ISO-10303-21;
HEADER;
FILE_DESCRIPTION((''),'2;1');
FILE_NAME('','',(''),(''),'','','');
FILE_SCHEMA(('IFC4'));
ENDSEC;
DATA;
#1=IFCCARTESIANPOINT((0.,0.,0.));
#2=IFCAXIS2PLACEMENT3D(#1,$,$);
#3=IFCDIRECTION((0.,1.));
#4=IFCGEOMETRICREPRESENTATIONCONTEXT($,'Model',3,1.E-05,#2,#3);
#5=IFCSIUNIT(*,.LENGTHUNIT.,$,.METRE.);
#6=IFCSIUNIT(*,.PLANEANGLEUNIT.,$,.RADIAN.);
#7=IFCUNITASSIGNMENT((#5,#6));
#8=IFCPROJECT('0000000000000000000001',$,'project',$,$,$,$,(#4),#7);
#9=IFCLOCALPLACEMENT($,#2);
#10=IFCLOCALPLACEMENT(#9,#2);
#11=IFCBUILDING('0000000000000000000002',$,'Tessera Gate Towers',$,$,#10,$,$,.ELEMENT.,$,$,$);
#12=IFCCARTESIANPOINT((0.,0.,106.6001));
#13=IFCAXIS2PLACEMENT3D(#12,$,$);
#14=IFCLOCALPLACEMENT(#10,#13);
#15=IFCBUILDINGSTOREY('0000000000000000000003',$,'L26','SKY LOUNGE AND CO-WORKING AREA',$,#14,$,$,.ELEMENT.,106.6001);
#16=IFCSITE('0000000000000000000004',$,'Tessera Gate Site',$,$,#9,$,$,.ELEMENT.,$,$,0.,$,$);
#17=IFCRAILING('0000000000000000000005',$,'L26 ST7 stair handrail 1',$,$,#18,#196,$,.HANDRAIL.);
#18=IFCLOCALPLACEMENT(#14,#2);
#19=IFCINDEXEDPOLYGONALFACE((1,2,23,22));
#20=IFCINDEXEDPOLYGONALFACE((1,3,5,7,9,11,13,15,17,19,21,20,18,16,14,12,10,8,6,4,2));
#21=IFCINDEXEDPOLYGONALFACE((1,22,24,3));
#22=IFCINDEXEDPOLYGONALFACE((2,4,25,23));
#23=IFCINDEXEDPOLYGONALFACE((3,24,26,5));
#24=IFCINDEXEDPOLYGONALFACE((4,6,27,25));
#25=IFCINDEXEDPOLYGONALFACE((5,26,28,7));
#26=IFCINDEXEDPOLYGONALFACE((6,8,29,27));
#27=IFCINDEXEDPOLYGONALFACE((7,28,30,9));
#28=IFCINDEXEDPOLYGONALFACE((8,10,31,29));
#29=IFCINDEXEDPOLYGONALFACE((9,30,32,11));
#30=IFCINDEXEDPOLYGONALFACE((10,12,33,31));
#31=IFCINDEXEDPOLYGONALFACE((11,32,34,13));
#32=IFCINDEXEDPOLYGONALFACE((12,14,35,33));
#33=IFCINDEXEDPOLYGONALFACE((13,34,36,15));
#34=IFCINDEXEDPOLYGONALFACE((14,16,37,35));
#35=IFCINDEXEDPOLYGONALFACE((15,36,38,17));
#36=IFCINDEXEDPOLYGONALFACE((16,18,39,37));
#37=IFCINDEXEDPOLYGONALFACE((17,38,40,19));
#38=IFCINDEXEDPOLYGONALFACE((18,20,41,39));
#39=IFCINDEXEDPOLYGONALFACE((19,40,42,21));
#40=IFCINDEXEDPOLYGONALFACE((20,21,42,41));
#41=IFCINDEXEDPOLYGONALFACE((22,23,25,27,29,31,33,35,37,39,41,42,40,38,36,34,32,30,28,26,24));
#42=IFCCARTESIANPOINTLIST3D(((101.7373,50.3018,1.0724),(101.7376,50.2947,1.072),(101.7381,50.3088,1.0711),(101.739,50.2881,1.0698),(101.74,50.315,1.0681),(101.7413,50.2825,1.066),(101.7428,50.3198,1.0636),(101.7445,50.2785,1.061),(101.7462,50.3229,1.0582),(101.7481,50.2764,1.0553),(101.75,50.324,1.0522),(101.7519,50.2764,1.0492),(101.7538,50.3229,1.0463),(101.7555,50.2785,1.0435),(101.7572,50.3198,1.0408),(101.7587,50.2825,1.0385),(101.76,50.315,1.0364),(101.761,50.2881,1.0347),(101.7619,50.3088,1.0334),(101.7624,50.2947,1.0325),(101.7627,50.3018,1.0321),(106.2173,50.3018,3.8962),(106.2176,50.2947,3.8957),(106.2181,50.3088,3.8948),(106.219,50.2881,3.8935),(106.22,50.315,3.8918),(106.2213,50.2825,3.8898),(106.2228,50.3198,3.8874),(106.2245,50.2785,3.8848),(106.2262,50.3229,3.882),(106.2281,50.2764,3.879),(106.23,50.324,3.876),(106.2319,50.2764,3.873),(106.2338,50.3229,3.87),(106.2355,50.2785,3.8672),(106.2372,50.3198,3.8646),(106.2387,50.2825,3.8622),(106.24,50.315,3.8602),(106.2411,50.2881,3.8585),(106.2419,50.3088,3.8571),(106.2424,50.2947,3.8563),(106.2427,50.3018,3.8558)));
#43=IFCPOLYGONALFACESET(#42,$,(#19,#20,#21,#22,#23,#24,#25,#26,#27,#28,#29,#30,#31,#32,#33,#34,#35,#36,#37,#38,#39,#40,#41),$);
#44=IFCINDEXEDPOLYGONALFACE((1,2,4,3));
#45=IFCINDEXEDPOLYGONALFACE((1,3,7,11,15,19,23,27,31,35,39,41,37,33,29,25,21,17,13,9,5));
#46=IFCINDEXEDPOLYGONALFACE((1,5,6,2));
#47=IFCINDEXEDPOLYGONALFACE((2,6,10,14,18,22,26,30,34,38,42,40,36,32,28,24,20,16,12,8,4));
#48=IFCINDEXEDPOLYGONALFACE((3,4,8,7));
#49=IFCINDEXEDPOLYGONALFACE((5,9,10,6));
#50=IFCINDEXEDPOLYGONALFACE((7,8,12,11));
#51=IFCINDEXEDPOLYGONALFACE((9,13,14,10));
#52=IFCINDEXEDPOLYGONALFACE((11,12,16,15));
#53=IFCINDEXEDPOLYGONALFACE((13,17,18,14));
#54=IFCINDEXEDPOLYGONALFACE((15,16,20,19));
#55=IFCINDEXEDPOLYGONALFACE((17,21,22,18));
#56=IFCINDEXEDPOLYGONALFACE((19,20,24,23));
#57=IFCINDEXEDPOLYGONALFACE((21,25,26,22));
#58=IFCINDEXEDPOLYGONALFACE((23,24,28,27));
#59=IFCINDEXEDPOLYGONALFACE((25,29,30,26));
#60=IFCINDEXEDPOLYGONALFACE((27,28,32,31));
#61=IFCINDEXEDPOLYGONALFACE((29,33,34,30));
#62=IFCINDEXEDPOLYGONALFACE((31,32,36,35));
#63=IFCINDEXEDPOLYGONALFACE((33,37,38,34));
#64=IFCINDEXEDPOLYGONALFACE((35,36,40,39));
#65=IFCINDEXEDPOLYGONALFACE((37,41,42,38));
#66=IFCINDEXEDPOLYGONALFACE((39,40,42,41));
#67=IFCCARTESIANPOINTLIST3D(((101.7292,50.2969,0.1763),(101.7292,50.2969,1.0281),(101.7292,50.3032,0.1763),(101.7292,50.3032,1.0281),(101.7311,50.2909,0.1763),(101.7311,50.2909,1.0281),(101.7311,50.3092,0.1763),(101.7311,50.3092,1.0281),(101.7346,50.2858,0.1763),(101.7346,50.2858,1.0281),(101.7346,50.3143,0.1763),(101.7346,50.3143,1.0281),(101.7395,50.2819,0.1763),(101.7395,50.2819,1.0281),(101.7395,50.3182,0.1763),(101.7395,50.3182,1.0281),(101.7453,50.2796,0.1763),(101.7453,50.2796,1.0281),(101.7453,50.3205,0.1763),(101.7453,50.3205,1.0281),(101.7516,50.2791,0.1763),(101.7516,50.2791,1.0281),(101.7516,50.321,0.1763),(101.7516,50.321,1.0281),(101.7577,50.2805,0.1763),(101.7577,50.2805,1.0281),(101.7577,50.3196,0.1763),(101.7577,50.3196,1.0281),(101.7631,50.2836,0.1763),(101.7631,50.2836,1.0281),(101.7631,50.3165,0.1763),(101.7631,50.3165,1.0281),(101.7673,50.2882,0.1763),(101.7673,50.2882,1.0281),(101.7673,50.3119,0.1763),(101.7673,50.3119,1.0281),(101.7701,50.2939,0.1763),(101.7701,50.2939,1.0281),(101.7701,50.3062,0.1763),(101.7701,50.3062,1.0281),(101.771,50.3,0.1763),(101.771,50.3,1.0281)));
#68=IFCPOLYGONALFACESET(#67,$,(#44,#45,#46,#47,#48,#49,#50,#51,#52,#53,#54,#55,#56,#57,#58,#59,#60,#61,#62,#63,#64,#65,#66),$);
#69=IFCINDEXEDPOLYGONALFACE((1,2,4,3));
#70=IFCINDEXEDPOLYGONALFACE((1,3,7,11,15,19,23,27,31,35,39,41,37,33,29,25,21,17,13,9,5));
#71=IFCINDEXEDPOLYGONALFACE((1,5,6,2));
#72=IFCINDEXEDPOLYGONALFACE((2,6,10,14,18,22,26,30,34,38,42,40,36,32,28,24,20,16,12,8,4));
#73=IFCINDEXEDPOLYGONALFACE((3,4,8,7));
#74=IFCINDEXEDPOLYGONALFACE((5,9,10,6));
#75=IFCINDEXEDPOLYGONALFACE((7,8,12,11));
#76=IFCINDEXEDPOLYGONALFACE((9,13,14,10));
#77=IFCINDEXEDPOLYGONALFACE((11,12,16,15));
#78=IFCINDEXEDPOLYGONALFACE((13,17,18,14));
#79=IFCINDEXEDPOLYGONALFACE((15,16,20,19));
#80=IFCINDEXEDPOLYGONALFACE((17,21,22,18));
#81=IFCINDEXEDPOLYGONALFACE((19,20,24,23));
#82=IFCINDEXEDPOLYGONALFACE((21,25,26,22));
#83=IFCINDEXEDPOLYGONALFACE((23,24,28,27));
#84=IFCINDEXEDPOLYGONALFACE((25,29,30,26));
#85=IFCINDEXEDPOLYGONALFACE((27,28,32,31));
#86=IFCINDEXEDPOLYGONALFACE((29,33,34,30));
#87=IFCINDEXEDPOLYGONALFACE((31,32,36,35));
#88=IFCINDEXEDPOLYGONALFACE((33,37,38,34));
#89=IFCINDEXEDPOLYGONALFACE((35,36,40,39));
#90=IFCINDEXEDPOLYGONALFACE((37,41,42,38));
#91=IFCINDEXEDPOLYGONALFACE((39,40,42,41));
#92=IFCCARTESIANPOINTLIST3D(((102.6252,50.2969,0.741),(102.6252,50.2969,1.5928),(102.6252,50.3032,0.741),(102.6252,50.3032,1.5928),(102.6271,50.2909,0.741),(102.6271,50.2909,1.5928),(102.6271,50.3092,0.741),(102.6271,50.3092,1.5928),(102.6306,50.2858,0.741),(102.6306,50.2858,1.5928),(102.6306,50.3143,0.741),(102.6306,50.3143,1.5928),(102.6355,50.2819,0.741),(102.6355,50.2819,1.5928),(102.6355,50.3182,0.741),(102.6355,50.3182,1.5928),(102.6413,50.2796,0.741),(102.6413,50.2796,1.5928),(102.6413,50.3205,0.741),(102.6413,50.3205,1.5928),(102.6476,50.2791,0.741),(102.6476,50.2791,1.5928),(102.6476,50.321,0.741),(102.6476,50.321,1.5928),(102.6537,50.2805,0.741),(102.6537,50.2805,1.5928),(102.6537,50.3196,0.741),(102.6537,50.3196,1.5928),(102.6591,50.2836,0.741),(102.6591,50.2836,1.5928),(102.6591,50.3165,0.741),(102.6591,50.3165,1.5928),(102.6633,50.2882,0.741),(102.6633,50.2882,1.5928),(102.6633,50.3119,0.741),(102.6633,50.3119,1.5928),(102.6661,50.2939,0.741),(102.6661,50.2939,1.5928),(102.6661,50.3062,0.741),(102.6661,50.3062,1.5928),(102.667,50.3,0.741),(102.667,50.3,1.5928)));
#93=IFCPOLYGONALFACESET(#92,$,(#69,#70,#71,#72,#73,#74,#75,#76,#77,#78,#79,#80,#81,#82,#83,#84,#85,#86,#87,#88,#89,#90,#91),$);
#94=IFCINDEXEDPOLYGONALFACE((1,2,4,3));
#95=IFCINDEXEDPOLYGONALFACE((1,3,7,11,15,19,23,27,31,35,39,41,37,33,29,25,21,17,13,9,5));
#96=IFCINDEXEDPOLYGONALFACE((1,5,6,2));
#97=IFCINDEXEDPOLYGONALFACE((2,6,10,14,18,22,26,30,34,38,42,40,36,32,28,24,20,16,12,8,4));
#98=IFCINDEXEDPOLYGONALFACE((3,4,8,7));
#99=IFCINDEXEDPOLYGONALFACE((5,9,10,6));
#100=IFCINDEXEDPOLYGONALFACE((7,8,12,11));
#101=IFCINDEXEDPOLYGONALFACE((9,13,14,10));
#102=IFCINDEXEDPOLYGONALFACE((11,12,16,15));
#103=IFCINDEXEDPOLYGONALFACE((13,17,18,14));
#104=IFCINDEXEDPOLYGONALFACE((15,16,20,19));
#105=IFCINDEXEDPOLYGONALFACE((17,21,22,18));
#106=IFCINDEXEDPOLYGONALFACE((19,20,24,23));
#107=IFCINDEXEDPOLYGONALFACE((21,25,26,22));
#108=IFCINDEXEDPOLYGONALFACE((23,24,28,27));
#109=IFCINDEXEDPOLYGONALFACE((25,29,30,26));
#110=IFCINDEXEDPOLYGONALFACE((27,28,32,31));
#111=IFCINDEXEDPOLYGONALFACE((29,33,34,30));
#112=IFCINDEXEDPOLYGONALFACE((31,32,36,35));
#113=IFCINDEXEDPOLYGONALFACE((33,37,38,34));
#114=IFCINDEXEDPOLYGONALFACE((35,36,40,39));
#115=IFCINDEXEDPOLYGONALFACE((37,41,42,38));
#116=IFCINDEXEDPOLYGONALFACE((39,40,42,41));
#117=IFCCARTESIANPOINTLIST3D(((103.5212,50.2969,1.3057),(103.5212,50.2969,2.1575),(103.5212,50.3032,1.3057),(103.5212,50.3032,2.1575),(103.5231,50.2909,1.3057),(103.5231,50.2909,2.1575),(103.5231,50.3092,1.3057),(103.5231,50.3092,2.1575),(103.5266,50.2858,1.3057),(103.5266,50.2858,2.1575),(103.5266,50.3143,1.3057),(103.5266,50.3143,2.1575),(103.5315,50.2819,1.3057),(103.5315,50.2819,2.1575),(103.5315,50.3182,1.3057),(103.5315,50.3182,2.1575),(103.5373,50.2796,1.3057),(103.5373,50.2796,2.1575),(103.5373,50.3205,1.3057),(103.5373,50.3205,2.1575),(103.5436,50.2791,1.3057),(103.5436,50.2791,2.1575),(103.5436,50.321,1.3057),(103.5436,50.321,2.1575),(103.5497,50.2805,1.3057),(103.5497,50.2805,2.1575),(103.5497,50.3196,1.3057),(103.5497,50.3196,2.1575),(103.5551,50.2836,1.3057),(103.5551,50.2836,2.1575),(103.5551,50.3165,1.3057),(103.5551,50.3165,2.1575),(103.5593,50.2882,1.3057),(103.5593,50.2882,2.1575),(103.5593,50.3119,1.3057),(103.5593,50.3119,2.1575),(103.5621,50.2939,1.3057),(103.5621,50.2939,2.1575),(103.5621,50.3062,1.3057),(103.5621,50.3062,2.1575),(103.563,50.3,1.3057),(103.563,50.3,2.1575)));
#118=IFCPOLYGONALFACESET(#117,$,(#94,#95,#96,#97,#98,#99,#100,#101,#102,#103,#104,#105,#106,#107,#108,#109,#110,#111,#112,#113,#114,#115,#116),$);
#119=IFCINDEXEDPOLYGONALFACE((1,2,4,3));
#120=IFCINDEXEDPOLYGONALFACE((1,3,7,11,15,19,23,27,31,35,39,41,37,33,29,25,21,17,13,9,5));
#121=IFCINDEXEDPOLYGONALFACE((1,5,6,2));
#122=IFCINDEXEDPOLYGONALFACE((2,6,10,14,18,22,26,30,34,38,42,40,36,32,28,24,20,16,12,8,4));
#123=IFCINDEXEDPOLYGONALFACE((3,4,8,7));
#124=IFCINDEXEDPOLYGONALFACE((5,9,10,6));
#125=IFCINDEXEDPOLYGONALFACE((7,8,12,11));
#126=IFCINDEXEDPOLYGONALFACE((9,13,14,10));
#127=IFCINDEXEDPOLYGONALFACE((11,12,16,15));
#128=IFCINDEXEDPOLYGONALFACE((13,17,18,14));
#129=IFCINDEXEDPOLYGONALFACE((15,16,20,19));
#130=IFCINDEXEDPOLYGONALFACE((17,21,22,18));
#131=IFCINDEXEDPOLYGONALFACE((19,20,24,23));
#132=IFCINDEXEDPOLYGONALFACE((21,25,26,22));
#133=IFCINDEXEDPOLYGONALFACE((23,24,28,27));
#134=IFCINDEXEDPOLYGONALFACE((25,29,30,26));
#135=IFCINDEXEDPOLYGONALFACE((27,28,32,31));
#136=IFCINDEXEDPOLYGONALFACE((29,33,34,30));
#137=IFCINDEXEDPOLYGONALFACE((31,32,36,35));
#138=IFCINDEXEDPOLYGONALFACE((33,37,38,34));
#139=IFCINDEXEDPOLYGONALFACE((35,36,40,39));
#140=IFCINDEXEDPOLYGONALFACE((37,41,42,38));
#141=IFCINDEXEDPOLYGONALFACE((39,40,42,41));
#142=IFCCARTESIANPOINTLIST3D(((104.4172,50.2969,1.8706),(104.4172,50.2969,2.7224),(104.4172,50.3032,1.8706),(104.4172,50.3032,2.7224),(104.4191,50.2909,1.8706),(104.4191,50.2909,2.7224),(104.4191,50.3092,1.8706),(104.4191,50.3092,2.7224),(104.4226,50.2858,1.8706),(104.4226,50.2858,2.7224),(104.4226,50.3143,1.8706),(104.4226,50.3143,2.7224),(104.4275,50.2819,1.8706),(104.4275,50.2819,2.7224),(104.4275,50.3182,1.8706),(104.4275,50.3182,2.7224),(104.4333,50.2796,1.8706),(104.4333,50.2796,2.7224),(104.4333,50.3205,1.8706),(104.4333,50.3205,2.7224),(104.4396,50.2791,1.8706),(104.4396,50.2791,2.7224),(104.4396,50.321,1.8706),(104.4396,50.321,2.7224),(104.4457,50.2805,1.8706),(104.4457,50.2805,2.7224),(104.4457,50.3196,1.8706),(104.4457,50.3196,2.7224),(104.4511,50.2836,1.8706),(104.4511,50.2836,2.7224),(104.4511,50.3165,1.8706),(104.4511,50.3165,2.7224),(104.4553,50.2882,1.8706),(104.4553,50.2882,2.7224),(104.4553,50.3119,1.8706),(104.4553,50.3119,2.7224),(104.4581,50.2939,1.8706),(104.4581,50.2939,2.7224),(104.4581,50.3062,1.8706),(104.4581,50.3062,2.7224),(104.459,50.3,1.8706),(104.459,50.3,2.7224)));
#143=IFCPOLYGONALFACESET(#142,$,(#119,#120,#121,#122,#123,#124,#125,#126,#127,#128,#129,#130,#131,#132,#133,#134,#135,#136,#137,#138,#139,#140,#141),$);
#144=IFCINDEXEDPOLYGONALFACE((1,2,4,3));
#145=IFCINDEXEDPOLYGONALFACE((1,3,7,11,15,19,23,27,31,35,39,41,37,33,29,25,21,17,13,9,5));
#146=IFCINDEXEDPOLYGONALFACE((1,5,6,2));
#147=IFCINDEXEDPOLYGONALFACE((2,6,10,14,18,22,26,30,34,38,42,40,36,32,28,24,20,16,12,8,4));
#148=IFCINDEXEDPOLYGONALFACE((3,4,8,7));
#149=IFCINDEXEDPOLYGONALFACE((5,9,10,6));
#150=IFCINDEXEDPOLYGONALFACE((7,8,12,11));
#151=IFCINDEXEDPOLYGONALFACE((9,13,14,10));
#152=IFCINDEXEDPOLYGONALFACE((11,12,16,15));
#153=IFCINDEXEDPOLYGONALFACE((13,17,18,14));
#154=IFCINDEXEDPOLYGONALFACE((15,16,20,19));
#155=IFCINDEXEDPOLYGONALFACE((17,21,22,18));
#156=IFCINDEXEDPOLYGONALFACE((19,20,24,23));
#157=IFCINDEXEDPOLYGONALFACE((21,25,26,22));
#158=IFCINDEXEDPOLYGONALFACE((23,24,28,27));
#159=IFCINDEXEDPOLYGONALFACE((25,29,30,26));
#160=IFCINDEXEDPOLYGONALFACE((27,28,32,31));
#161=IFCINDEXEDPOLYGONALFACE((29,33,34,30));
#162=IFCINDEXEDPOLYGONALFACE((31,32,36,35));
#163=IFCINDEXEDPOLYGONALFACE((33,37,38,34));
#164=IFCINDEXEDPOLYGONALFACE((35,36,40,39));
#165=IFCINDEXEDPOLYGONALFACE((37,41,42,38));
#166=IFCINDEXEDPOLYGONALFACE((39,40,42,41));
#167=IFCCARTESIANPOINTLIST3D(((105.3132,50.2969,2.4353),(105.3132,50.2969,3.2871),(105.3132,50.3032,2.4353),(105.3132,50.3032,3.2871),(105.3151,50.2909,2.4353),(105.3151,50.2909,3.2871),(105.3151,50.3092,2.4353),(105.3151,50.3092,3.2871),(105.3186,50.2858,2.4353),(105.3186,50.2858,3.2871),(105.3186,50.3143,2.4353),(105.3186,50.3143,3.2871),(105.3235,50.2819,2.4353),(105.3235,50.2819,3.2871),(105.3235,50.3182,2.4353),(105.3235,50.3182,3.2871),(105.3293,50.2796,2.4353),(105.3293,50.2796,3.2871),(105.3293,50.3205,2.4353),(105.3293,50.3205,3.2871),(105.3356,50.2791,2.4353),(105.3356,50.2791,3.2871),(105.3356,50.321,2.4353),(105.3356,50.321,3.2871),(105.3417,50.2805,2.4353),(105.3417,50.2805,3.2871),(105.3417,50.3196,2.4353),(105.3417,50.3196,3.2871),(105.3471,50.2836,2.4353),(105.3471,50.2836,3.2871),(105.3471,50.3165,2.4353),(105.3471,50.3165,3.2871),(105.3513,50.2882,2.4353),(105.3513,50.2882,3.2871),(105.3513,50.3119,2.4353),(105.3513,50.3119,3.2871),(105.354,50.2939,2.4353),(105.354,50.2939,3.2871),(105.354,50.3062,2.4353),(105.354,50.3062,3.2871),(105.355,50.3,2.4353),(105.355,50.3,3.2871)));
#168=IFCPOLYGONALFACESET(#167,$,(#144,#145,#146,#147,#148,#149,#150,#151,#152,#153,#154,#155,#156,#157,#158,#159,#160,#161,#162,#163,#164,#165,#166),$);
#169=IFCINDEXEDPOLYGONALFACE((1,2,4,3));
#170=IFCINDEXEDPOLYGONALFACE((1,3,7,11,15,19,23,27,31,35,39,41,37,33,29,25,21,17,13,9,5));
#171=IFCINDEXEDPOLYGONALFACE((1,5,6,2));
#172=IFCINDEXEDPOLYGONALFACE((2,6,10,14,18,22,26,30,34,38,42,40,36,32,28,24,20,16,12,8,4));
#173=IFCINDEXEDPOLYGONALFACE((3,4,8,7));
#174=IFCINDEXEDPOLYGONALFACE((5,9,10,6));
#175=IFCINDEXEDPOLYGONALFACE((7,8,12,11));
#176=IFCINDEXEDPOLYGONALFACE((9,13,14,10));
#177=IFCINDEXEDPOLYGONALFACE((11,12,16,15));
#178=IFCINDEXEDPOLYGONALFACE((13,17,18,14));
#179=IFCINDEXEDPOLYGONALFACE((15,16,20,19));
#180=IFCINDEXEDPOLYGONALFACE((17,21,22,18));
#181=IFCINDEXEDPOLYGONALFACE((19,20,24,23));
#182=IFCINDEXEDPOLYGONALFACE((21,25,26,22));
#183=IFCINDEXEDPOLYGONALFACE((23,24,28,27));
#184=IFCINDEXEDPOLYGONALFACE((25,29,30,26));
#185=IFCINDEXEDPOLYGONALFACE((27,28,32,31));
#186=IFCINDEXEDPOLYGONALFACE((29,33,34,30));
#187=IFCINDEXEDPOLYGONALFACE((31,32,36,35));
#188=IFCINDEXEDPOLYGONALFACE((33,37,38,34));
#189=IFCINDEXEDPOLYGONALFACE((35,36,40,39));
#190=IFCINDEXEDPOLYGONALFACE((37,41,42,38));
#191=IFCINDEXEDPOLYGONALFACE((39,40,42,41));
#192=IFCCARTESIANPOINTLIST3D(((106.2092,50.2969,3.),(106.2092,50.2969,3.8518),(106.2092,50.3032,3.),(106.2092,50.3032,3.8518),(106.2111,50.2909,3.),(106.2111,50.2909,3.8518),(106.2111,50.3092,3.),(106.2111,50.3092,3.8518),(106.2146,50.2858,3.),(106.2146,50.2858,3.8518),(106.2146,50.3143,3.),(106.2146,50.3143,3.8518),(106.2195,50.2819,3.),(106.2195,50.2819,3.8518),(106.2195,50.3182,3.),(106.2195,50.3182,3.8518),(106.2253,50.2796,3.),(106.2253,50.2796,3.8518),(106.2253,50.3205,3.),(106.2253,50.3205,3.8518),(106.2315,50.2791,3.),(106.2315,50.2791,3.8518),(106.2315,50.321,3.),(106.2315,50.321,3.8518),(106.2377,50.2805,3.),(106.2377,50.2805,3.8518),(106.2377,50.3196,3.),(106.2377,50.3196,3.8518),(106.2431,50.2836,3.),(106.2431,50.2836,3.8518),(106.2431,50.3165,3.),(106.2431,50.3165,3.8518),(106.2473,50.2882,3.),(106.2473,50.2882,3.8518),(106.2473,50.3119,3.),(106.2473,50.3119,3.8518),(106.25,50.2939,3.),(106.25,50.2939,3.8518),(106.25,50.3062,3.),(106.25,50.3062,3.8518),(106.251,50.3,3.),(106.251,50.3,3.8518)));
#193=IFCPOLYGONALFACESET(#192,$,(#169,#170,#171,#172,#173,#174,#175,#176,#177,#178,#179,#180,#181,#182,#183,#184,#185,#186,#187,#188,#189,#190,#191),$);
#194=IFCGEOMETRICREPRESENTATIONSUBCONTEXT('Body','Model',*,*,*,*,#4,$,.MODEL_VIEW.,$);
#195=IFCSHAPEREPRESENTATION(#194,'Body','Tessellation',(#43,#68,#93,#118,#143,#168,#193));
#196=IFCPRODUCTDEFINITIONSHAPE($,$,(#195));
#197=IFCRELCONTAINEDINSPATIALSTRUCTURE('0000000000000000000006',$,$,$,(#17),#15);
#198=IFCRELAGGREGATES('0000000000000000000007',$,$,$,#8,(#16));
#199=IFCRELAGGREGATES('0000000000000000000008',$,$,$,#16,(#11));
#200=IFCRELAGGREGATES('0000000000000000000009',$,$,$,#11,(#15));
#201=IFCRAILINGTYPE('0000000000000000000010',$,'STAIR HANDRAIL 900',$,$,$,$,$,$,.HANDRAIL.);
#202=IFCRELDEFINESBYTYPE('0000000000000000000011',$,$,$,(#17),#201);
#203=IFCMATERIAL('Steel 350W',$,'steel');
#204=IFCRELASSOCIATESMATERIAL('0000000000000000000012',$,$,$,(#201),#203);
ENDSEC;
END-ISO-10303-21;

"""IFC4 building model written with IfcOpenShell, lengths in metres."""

from ifc_helpers import new_model, si_unit, direction, frame, origin, origin_2d, place, context, subcontext, project, spatial, circle, extrude, material, type_object, element, save


model = new_model("IFC4")

# Units and contexts
model_context = context("Model", 3, precision=1e-05, world=origin(), true_north=direction((0.0, 1.0)))
body_context = subcontext(model_context, "Body", "Model", "MODEL_VIEW")
ifc_project = project(units=[si_unit("LENGTHUNIT", "METRE"), si_unit("PLANEANGLEUNIT", "RADIAN")], contexts=[model_context])

# Site, building, storey
site_placement = place(None, origin())
site = spatial("IfcSite", under=ifc_project, at=site_placement, Name="Tessera Gate Site", CompositionType="ELEMENT", RefElevation=0.0)
building_placement = place(site_placement, origin())
building = spatial("IfcBuilding", under=site, at=building_placement, Name="Tessera Gate Towers", CompositionType="ELEMENT")
storey_placement = place(building_placement, frame((0.0, 0.0, 106.6001)))
storey = spatial("IfcBuildingStorey", under=building, at=storey_placement, Name="L26", Description="SKY LOUNGE AND CO-WORKING AREA", CompositionType="ELEMENT", Elevation=106.6001)

# Railing
ifc_material_1 = material(Name="Steel 350W", Category="steel")
railing_type_1 = type_object("IfcRailingType", Name="STAIR HANDRAIL 900", PredefinedType="HANDRAIL", material=ifc_material_1)
railing_1_placement = place(storey_placement, frame((101.75, 50.3, 0.1763)))
element("IfcRailing", 1, at=railing_1_placement, inside=storey, type_object=railing_type_1, Name="L26 ST7 stair handrail 1", PredefinedType="HANDRAIL", context=body_context, shape_type="SweptSolid", body=[
    extrude(circle(Radius=0.0239, at=origin_2d()), frame((0.0, 0.0, 0.876), z_axis=(0.845977, 0.0, 0.533219), x_axis=(0.0, 1.0, 0.0)), (0.0, 0.0, 1.0), 5.2957),
    extrude(circle(Radius=0.021, at=origin_2d()), origin(), (0.0, 0.0, 1.0), 0.8518),
    extrude(circle(Radius=0.021, at=origin_2d()), frame((0.896, 0.0, 0.5647)), (0.0, 0.0, 1.0), 0.8518),
    extrude(circle(Radius=0.021, at=origin_2d()), frame((1.792, 0.0, 1.1294)), (0.0, 0.0, 1.0), 0.8518),
    extrude(circle(Radius=0.021, at=origin_2d()), frame((2.688, 0.0, 1.6943)), (0.0, 0.0, 1.0), 0.8518),
    extrude(circle(Radius=0.021, at=origin_2d()), frame((3.584, 0.0, 2.259)), (0.0, 0.0, 1.0), 0.8518),
    extrude(circle(Radius=0.021, at=origin_2d()), frame((4.48, 0.0, 2.8237)), (0.0, 0.0, 1.0), 0.8518),
])

save(model, "model.ifc")
